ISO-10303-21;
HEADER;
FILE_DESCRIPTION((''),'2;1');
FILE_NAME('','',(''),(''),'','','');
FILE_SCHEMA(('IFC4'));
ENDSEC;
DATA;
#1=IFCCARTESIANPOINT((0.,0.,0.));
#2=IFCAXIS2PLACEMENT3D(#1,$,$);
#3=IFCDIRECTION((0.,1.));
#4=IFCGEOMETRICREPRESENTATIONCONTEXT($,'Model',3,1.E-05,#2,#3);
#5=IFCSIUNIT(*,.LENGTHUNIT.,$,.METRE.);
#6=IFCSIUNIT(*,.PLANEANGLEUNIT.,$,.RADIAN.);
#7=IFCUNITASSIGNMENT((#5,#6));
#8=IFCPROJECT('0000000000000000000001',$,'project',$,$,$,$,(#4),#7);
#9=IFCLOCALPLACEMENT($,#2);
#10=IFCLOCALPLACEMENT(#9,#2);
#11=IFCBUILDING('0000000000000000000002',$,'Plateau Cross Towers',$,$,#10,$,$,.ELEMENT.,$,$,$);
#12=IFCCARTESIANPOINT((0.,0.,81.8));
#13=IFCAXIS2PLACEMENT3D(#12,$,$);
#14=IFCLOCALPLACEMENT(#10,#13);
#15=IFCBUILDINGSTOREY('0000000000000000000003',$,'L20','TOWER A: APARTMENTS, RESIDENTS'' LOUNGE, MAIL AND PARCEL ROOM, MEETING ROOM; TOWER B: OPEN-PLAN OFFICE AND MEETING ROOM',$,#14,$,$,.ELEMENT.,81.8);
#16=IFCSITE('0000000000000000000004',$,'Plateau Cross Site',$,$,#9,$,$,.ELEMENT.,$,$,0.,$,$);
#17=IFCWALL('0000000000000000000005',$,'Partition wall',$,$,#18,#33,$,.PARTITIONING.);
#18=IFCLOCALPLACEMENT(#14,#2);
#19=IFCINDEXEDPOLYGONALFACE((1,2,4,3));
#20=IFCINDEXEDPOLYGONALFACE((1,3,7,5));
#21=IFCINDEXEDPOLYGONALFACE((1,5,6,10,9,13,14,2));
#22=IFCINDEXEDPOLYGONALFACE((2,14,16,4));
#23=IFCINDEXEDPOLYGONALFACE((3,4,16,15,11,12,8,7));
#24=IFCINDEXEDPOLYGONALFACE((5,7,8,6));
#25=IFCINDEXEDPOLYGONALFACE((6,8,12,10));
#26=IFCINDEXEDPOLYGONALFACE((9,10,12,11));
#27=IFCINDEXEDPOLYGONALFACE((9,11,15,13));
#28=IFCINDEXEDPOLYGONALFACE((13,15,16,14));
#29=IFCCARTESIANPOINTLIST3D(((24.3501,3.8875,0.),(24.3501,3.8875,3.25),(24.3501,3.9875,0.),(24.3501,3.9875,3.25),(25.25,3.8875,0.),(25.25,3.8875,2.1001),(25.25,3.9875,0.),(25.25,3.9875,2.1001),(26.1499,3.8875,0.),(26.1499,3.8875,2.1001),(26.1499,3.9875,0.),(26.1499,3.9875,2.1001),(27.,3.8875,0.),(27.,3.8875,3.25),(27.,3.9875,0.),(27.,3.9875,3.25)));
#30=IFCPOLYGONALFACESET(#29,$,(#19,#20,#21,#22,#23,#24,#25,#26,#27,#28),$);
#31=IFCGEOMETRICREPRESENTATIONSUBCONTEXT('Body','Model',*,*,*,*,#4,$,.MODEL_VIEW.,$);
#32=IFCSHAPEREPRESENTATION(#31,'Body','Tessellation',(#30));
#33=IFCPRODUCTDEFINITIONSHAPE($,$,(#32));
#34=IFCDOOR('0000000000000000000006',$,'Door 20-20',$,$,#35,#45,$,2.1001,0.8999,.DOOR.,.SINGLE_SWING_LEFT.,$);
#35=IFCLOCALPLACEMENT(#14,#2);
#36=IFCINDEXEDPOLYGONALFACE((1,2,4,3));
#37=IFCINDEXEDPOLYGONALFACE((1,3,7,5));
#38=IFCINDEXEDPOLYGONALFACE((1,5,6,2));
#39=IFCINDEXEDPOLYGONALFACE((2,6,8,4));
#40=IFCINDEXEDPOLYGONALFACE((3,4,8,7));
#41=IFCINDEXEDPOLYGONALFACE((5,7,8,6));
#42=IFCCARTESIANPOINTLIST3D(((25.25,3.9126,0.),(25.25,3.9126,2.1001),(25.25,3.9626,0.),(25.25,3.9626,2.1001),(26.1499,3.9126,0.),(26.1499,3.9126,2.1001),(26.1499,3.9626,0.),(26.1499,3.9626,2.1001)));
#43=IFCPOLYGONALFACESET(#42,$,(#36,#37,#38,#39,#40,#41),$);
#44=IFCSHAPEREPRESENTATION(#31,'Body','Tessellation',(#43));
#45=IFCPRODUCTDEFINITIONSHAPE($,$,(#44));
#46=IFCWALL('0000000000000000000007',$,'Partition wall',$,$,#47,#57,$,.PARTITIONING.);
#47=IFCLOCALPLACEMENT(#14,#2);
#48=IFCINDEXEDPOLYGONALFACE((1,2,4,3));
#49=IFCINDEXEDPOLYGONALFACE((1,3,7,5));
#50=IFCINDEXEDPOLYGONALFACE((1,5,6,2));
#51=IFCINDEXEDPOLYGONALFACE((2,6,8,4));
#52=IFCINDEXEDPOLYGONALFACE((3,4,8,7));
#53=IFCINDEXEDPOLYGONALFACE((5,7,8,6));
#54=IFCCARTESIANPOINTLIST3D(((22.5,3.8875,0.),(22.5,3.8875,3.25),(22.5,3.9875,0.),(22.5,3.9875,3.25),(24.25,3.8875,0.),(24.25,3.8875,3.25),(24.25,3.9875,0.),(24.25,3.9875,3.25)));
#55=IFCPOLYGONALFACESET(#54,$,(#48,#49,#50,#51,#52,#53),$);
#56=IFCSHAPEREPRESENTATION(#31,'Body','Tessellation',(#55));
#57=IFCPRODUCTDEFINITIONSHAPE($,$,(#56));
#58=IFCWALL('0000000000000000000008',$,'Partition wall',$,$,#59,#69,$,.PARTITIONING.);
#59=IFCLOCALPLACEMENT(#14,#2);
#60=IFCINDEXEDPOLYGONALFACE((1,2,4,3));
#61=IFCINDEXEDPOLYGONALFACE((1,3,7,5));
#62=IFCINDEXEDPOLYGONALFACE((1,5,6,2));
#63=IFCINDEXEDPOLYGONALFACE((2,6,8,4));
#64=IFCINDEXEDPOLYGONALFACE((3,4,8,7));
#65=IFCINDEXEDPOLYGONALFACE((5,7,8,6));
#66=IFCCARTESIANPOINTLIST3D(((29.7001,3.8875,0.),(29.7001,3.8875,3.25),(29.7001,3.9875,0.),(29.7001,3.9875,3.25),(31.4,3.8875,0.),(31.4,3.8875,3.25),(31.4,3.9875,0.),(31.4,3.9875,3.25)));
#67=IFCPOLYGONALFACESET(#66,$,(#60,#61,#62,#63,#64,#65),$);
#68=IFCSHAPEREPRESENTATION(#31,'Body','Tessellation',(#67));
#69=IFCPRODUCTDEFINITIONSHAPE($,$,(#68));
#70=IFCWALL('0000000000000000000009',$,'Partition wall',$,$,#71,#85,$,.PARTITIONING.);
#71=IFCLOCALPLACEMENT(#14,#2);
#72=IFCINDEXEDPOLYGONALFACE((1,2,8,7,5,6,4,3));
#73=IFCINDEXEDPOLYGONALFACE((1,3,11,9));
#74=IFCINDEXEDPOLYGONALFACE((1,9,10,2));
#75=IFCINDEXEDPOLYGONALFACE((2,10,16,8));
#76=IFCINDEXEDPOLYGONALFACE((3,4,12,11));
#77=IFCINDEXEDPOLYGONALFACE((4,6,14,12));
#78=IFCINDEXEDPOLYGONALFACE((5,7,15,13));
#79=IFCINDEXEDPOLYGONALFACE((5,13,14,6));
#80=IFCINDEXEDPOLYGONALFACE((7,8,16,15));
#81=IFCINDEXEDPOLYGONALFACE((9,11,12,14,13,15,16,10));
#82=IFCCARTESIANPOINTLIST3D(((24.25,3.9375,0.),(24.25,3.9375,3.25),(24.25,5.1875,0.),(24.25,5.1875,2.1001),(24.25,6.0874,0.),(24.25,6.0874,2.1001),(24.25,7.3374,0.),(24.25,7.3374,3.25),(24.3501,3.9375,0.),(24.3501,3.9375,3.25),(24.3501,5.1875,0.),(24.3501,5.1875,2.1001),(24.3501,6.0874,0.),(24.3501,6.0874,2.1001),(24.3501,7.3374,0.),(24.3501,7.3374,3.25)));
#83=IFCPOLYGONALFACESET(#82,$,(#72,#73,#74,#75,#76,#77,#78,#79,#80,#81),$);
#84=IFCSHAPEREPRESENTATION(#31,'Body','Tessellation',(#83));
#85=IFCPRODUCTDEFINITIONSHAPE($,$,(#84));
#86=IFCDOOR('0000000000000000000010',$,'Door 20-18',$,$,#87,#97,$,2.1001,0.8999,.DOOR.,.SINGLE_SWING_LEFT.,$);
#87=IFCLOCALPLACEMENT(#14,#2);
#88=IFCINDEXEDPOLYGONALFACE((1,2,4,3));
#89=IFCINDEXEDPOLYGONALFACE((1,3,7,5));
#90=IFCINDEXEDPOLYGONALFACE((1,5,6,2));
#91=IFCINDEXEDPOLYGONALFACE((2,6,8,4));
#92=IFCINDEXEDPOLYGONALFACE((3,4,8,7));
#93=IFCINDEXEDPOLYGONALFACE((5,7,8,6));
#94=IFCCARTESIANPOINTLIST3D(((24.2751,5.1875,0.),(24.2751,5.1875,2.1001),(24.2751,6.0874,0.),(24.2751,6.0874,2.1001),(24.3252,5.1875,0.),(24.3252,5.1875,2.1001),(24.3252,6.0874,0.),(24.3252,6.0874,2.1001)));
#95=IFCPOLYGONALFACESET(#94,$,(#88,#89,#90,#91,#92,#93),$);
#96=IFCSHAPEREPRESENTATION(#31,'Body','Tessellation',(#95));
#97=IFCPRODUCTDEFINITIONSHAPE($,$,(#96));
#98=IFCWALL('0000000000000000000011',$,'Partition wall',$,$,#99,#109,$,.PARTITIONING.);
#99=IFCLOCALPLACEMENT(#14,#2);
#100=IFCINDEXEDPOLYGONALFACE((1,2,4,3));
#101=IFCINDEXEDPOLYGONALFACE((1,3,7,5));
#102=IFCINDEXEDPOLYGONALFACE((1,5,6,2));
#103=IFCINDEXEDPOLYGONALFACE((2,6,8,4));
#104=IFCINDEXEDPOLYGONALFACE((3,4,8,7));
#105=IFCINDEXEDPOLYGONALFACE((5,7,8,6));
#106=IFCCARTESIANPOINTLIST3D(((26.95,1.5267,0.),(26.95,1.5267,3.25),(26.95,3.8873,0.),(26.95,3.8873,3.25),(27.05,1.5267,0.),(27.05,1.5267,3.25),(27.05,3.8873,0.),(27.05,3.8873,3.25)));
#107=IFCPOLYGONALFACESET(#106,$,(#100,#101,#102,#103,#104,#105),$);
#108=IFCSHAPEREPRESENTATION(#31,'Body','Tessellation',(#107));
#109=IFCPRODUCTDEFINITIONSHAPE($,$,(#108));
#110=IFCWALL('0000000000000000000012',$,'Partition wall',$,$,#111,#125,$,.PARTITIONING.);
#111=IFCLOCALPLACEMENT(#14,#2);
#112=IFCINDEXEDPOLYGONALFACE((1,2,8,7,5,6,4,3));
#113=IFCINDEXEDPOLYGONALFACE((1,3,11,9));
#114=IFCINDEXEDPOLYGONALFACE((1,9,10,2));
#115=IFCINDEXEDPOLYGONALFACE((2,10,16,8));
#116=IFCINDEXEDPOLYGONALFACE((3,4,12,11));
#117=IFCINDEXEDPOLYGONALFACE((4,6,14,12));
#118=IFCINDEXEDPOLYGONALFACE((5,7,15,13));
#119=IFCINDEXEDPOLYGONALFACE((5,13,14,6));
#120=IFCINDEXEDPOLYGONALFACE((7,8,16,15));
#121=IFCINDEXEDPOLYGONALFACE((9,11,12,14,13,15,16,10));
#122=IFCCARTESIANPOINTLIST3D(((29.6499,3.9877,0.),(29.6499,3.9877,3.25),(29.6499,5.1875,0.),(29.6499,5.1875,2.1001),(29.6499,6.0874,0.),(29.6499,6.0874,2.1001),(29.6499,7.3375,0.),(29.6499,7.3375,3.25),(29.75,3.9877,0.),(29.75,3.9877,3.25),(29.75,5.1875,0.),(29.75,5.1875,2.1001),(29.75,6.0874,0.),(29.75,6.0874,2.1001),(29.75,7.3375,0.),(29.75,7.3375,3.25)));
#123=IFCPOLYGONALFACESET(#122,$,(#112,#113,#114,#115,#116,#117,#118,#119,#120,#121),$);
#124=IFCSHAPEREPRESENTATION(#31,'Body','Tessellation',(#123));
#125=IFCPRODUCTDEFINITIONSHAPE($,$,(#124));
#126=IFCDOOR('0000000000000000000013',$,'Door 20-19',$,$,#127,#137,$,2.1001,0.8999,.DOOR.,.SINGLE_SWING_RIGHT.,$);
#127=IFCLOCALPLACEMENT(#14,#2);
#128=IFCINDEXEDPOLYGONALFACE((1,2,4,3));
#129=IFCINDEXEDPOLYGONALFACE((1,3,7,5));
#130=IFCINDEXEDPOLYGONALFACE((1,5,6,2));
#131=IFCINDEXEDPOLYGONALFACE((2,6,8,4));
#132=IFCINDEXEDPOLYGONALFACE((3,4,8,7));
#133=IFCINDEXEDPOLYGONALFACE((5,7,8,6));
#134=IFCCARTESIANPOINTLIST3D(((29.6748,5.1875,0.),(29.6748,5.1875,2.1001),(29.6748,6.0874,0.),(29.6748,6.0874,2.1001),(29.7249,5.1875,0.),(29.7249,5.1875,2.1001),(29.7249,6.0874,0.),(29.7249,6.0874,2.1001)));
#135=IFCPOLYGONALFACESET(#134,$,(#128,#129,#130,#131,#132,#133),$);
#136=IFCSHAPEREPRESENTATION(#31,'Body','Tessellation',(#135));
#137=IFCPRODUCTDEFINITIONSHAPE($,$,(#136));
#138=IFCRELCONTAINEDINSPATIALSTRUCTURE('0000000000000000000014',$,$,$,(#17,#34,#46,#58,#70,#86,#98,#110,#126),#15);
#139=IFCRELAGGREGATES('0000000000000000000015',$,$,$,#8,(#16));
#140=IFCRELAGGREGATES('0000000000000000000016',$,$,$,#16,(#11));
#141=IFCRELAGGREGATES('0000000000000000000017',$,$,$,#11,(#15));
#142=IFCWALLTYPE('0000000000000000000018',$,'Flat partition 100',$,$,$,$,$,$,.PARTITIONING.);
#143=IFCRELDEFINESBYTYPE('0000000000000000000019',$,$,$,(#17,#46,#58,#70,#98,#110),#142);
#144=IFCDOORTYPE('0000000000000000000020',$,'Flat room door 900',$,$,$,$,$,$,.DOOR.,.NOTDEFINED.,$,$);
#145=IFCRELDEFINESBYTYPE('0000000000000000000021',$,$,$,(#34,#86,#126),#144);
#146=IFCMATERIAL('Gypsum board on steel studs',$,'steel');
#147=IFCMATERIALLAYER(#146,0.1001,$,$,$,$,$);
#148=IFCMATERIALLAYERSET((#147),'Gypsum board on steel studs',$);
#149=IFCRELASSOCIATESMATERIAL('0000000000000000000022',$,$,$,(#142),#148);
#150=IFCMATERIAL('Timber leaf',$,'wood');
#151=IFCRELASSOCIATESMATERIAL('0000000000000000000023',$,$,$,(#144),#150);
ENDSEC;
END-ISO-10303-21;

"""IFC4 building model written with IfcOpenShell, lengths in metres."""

from ifc_helpers import new_model, si_unit, direction, frame, frame_2d, origin, place, context, subcontext, project, spatial, rectangle, extrude, material, layer, layer_set, type_object, element, fill, save


model = new_model("IFC4")

# Units and contexts
model_context = context("Model", 3, precision=1e-05, world=origin(), true_north=direction((0.0, 1.0)))
body_context = subcontext(model_context, "Body", "Model", "MODEL_VIEW")
ifc_project = project(units=[si_unit("LENGTHUNIT", "METRE"), si_unit("PLANEANGLEUNIT", "RADIAN")], contexts=[model_context])

# Site, building, storey
site_placement = place(None, origin())
site = spatial("IfcSite", under=ifc_project, at=site_placement, Name="Plateau Cross Site", CompositionType="ELEMENT", RefElevation=0.0)
building_placement = place(site_placement, origin())
building = spatial("IfcBuilding", under=site, at=building_placement, Name="Plateau Cross Towers", CompositionType="ELEMENT")
storey_placement = place(building_placement, frame((0.0, 0.0, 81.8)))
storey = spatial("IfcBuildingStorey", under=building, at=storey_placement, Name="L20", Description="TOWER A: APARTMENTS, RESIDENTS' LOUNGE, MAIL AND PARCEL ROOM, MEETING ROOM; TOWER B: OPEN-PLAN OFFICE AND MEETING ROOM", CompositionType="ELEMENT", Elevation=81.8)

# Wall, opening, door
ifc_material_1 = material(Name="Gypsum board on steel studs", Category="steel")
ifc_layer_1 = layer(ifc_material_1, 0.1001)
ifc_layer_set_1 = layer_set([ifc_layer_1], Name="Gypsum board on steel studs")
wall_type_1 = type_object("IfcWallType", Name="Flat partition 100", PredefinedType="PARTITIONING", material=ifc_layer_set_1)
wall_1_placement = place(storey_placement, frame((27.0, 3.9375, 0.0), z_axis=(0.0, 0.0, 1.0), x_axis=(-1.0, 0.0, 0.0)))
wall_1 = element("IfcWall", 1, at=wall_1_placement, inside=storey, type_object=wall_type_1, Name="Partition wall", PredefinedType="PARTITIONING", context=body_context, shape_type="SweptSolid", body=[
    extrude(rectangle(XDim=2.6499, YDim=0.1001, at=frame_2d((1.325, 0.0))), origin(), (0.0, 0.0, 1.0), 3.25),
])
opening_1_placement = place(wall_1_placement, frame((0.8501, 0.0, 0.0)))
opening_1 = element("IfcOpeningElement", 2, at=opening_1_placement, cuts=wall_1, PredefinedType="OPENING", context=body_context, shape_type="SweptSolid", body=[
    extrude(rectangle(XDim=0.8999, YDim=2.1001, at=frame_2d((0.45, 1.05))), frame((0.0, 0.0601, 0.0), z_axis=(0.0, -1.0, 0.0), x_axis=(1.0, 0.0, 0.0)), (0.0, 0.0, 1.0), 0.1201),
])
ifc_material_2 = material(Name="Timber leaf", Category="wood")
door_type_1 = type_object("IfcDoorType", Name="Flat room door 900", OperationType="NOTDEFINED", PredefinedType="DOOR", material=ifc_material_2)
door_1_placement = place(opening_1_placement, origin())
door_1 = element("IfcDoor", 3, at=door_1_placement, inside=storey, type_object=door_type_1, Name="Door 20-20", OperationType="SINGLE_SWING_LEFT", OverallHeight=2.1001, OverallWidth=0.8999, PredefinedType="DOOR", context=body_context, shape_type="SweptSolid", body=[
    extrude(rectangle(XDim=0.8999, YDim=2.1001, at=frame_2d((0.45, 1.05))), frame((0.0, 0.0249, 0.0), z_axis=(0.0, -1.0, 0.0), x_axis=(1.0, 0.0, 0.0)), (0.0, 0.0, 1.0), 0.05),
])
fill(opening_1, door_1)

# Walls
wall_2_placement = place(storey_placement, frame((22.5, 3.9375, 0.0), z_axis=(0.0, 0.0, 1.0), x_axis=(1.0, 0.0, 0.0)))
element("IfcWall", 4, at=wall_2_placement, inside=storey, type_object=wall_type_1, Name="Partition wall", PredefinedType="PARTITIONING", context=body_context, shape_type="SweptSolid", body=[
    extrude(rectangle(XDim=1.75, YDim=0.1001, at=frame_2d((0.875, 0.0))), origin(), (0.0, 0.0, 1.0), 3.25),
])
wall_3_placement = place(storey_placement, frame((29.7, 3.9375, 0.0), z_axis=(0.0, 0.0, 1.0), x_axis=(1.0, 0.0, 0.0)))
element("IfcWall", 5, at=wall_3_placement, inside=storey, type_object=wall_type_1, Name="Partition wall", PredefinedType="PARTITIONING", context=body_context, shape_type="SweptSolid", body=[
    extrude(rectangle(XDim=1.7, YDim=0.1001, at=frame_2d((0.8501, 0.0))), origin(), (0.0, 0.0, 1.0), 3.25),
])

# Wall, opening, door
wall_4_placement = place(storey_placement, frame((24.3, 3.9375, 0.0), z_axis=(0.0, 0.0, 1.0), x_axis=(0.0, 1.0, 0.0)))
wall_4 = element("IfcWall", 6, at=wall_4_placement, inside=storey, type_object=wall_type_1, Name="Partition wall", PredefinedType="PARTITIONING", context=body_context, shape_type="SweptSolid", body=[
    extrude(rectangle(XDim=3.3999, YDim=0.1001, at=frame_2d((1.7, 0.0))), origin(), (0.0, 0.0, 1.0), 3.25),
])
opening_2_placement = place(wall_4_placement, frame((1.25, 0.0, 0.0)))
opening_2 = element("IfcOpeningElement", 7, at=opening_2_placement, cuts=wall_4, PredefinedType="OPENING", context=body_context, shape_type="SweptSolid", body=[
    extrude(rectangle(XDim=0.8999, YDim=2.1001, at=frame_2d((0.45, 1.05))), frame((0.0, 0.0601, 0.0), z_axis=(0.0, -1.0, 0.0), x_axis=(1.0, 0.0, 0.0)), (0.0, 0.0, 1.0), 0.1201),
])
door_2_placement = place(opening_2_placement, origin())
door_2 = element("IfcDoor", 8, at=door_2_placement, inside=storey, type_object=door_type_1, Name="Door 20-18", OperationType="SINGLE_SWING_LEFT", OverallHeight=2.1001, OverallWidth=0.8999, PredefinedType="DOOR", context=body_context, shape_type="SweptSolid", body=[
    extrude(rectangle(XDim=0.8999, YDim=2.1001, at=frame_2d((0.45, 1.05))), frame((0.0, 0.0249, 0.0), z_axis=(0.0, -1.0, 0.0), x_axis=(1.0, 0.0, 0.0)), (0.0, 0.0, 1.0), 0.05),
])
fill(opening_2, door_2)

# Wall
wall_5_placement = place(storey_placement, frame((27.0, 1.5269, 0.0), z_axis=(0.0, 0.0, 1.0), x_axis=(0.0, 1.0, 0.0)))
element("IfcWall", 9, at=wall_5_placement, inside=storey, type_object=wall_type_1, Name="Partition wall", PredefinedType="PARTITIONING", context=body_context, shape_type="SweptSolid", body=[
    extrude(rectangle(XDim=2.3606, YDim=0.1001, at=frame_2d((1.1802, 0.0))), origin(), (0.0, 0.0, 1.0), 3.25),
])

# Wall, opening, door
wall_6_placement = place(storey_placement, frame((29.7, 7.3374, 0.0), z_axis=(0.0, 0.0, 1.0), x_axis=(0.0, -1.0, 0.0)))
wall_6 = element("IfcWall", 10, at=wall_6_placement, inside=storey, type_object=wall_type_1, Name="Partition wall", PredefinedType="PARTITIONING", context=body_context, shape_type="SweptSolid", body=[
    extrude(rectangle(XDim=3.3499, YDim=0.1001, at=frame_2d((1.6748, 0.0))), origin(), (0.0, 0.0, 1.0), 3.25),
])
opening_3_placement = place(wall_6_placement, frame((1.25, 0.0, 0.0)))
opening_3 = element("IfcOpeningElement", 11, at=opening_3_placement, cuts=wall_6, PredefinedType="OPENING", context=body_context, shape_type="SweptSolid", body=[
    extrude(rectangle(XDim=0.8999, YDim=2.1001, at=frame_2d((0.45, 1.05))), frame((0.0, 0.0601, 0.0), z_axis=(0.0, -1.0, 0.0), x_axis=(1.0, 0.0, 0.0)), (0.0, 0.0, 1.0), 0.1201),
])
door_3_placement = place(opening_3_placement, origin())
door_3 = element("IfcDoor", 12, at=door_3_placement, inside=storey, type_object=door_type_1, Name="Door 20-19", OperationType="SINGLE_SWING_RIGHT", OverallHeight=2.1001, OverallWidth=0.8999, PredefinedType="DOOR", context=body_context, shape_type="SweptSolid", body=[
    extrude(rectangle(XDim=0.8999, YDim=2.1001, at=frame_2d((0.45, 1.05))), frame((0.0, 0.0249, 0.0), z_axis=(0.0, -1.0, 0.0), x_axis=(1.0, 0.0, 0.0)), (0.0, 0.0, 1.0), 0.05),
])
fill(opening_3, door_3)

save(model, "model.ifc")
